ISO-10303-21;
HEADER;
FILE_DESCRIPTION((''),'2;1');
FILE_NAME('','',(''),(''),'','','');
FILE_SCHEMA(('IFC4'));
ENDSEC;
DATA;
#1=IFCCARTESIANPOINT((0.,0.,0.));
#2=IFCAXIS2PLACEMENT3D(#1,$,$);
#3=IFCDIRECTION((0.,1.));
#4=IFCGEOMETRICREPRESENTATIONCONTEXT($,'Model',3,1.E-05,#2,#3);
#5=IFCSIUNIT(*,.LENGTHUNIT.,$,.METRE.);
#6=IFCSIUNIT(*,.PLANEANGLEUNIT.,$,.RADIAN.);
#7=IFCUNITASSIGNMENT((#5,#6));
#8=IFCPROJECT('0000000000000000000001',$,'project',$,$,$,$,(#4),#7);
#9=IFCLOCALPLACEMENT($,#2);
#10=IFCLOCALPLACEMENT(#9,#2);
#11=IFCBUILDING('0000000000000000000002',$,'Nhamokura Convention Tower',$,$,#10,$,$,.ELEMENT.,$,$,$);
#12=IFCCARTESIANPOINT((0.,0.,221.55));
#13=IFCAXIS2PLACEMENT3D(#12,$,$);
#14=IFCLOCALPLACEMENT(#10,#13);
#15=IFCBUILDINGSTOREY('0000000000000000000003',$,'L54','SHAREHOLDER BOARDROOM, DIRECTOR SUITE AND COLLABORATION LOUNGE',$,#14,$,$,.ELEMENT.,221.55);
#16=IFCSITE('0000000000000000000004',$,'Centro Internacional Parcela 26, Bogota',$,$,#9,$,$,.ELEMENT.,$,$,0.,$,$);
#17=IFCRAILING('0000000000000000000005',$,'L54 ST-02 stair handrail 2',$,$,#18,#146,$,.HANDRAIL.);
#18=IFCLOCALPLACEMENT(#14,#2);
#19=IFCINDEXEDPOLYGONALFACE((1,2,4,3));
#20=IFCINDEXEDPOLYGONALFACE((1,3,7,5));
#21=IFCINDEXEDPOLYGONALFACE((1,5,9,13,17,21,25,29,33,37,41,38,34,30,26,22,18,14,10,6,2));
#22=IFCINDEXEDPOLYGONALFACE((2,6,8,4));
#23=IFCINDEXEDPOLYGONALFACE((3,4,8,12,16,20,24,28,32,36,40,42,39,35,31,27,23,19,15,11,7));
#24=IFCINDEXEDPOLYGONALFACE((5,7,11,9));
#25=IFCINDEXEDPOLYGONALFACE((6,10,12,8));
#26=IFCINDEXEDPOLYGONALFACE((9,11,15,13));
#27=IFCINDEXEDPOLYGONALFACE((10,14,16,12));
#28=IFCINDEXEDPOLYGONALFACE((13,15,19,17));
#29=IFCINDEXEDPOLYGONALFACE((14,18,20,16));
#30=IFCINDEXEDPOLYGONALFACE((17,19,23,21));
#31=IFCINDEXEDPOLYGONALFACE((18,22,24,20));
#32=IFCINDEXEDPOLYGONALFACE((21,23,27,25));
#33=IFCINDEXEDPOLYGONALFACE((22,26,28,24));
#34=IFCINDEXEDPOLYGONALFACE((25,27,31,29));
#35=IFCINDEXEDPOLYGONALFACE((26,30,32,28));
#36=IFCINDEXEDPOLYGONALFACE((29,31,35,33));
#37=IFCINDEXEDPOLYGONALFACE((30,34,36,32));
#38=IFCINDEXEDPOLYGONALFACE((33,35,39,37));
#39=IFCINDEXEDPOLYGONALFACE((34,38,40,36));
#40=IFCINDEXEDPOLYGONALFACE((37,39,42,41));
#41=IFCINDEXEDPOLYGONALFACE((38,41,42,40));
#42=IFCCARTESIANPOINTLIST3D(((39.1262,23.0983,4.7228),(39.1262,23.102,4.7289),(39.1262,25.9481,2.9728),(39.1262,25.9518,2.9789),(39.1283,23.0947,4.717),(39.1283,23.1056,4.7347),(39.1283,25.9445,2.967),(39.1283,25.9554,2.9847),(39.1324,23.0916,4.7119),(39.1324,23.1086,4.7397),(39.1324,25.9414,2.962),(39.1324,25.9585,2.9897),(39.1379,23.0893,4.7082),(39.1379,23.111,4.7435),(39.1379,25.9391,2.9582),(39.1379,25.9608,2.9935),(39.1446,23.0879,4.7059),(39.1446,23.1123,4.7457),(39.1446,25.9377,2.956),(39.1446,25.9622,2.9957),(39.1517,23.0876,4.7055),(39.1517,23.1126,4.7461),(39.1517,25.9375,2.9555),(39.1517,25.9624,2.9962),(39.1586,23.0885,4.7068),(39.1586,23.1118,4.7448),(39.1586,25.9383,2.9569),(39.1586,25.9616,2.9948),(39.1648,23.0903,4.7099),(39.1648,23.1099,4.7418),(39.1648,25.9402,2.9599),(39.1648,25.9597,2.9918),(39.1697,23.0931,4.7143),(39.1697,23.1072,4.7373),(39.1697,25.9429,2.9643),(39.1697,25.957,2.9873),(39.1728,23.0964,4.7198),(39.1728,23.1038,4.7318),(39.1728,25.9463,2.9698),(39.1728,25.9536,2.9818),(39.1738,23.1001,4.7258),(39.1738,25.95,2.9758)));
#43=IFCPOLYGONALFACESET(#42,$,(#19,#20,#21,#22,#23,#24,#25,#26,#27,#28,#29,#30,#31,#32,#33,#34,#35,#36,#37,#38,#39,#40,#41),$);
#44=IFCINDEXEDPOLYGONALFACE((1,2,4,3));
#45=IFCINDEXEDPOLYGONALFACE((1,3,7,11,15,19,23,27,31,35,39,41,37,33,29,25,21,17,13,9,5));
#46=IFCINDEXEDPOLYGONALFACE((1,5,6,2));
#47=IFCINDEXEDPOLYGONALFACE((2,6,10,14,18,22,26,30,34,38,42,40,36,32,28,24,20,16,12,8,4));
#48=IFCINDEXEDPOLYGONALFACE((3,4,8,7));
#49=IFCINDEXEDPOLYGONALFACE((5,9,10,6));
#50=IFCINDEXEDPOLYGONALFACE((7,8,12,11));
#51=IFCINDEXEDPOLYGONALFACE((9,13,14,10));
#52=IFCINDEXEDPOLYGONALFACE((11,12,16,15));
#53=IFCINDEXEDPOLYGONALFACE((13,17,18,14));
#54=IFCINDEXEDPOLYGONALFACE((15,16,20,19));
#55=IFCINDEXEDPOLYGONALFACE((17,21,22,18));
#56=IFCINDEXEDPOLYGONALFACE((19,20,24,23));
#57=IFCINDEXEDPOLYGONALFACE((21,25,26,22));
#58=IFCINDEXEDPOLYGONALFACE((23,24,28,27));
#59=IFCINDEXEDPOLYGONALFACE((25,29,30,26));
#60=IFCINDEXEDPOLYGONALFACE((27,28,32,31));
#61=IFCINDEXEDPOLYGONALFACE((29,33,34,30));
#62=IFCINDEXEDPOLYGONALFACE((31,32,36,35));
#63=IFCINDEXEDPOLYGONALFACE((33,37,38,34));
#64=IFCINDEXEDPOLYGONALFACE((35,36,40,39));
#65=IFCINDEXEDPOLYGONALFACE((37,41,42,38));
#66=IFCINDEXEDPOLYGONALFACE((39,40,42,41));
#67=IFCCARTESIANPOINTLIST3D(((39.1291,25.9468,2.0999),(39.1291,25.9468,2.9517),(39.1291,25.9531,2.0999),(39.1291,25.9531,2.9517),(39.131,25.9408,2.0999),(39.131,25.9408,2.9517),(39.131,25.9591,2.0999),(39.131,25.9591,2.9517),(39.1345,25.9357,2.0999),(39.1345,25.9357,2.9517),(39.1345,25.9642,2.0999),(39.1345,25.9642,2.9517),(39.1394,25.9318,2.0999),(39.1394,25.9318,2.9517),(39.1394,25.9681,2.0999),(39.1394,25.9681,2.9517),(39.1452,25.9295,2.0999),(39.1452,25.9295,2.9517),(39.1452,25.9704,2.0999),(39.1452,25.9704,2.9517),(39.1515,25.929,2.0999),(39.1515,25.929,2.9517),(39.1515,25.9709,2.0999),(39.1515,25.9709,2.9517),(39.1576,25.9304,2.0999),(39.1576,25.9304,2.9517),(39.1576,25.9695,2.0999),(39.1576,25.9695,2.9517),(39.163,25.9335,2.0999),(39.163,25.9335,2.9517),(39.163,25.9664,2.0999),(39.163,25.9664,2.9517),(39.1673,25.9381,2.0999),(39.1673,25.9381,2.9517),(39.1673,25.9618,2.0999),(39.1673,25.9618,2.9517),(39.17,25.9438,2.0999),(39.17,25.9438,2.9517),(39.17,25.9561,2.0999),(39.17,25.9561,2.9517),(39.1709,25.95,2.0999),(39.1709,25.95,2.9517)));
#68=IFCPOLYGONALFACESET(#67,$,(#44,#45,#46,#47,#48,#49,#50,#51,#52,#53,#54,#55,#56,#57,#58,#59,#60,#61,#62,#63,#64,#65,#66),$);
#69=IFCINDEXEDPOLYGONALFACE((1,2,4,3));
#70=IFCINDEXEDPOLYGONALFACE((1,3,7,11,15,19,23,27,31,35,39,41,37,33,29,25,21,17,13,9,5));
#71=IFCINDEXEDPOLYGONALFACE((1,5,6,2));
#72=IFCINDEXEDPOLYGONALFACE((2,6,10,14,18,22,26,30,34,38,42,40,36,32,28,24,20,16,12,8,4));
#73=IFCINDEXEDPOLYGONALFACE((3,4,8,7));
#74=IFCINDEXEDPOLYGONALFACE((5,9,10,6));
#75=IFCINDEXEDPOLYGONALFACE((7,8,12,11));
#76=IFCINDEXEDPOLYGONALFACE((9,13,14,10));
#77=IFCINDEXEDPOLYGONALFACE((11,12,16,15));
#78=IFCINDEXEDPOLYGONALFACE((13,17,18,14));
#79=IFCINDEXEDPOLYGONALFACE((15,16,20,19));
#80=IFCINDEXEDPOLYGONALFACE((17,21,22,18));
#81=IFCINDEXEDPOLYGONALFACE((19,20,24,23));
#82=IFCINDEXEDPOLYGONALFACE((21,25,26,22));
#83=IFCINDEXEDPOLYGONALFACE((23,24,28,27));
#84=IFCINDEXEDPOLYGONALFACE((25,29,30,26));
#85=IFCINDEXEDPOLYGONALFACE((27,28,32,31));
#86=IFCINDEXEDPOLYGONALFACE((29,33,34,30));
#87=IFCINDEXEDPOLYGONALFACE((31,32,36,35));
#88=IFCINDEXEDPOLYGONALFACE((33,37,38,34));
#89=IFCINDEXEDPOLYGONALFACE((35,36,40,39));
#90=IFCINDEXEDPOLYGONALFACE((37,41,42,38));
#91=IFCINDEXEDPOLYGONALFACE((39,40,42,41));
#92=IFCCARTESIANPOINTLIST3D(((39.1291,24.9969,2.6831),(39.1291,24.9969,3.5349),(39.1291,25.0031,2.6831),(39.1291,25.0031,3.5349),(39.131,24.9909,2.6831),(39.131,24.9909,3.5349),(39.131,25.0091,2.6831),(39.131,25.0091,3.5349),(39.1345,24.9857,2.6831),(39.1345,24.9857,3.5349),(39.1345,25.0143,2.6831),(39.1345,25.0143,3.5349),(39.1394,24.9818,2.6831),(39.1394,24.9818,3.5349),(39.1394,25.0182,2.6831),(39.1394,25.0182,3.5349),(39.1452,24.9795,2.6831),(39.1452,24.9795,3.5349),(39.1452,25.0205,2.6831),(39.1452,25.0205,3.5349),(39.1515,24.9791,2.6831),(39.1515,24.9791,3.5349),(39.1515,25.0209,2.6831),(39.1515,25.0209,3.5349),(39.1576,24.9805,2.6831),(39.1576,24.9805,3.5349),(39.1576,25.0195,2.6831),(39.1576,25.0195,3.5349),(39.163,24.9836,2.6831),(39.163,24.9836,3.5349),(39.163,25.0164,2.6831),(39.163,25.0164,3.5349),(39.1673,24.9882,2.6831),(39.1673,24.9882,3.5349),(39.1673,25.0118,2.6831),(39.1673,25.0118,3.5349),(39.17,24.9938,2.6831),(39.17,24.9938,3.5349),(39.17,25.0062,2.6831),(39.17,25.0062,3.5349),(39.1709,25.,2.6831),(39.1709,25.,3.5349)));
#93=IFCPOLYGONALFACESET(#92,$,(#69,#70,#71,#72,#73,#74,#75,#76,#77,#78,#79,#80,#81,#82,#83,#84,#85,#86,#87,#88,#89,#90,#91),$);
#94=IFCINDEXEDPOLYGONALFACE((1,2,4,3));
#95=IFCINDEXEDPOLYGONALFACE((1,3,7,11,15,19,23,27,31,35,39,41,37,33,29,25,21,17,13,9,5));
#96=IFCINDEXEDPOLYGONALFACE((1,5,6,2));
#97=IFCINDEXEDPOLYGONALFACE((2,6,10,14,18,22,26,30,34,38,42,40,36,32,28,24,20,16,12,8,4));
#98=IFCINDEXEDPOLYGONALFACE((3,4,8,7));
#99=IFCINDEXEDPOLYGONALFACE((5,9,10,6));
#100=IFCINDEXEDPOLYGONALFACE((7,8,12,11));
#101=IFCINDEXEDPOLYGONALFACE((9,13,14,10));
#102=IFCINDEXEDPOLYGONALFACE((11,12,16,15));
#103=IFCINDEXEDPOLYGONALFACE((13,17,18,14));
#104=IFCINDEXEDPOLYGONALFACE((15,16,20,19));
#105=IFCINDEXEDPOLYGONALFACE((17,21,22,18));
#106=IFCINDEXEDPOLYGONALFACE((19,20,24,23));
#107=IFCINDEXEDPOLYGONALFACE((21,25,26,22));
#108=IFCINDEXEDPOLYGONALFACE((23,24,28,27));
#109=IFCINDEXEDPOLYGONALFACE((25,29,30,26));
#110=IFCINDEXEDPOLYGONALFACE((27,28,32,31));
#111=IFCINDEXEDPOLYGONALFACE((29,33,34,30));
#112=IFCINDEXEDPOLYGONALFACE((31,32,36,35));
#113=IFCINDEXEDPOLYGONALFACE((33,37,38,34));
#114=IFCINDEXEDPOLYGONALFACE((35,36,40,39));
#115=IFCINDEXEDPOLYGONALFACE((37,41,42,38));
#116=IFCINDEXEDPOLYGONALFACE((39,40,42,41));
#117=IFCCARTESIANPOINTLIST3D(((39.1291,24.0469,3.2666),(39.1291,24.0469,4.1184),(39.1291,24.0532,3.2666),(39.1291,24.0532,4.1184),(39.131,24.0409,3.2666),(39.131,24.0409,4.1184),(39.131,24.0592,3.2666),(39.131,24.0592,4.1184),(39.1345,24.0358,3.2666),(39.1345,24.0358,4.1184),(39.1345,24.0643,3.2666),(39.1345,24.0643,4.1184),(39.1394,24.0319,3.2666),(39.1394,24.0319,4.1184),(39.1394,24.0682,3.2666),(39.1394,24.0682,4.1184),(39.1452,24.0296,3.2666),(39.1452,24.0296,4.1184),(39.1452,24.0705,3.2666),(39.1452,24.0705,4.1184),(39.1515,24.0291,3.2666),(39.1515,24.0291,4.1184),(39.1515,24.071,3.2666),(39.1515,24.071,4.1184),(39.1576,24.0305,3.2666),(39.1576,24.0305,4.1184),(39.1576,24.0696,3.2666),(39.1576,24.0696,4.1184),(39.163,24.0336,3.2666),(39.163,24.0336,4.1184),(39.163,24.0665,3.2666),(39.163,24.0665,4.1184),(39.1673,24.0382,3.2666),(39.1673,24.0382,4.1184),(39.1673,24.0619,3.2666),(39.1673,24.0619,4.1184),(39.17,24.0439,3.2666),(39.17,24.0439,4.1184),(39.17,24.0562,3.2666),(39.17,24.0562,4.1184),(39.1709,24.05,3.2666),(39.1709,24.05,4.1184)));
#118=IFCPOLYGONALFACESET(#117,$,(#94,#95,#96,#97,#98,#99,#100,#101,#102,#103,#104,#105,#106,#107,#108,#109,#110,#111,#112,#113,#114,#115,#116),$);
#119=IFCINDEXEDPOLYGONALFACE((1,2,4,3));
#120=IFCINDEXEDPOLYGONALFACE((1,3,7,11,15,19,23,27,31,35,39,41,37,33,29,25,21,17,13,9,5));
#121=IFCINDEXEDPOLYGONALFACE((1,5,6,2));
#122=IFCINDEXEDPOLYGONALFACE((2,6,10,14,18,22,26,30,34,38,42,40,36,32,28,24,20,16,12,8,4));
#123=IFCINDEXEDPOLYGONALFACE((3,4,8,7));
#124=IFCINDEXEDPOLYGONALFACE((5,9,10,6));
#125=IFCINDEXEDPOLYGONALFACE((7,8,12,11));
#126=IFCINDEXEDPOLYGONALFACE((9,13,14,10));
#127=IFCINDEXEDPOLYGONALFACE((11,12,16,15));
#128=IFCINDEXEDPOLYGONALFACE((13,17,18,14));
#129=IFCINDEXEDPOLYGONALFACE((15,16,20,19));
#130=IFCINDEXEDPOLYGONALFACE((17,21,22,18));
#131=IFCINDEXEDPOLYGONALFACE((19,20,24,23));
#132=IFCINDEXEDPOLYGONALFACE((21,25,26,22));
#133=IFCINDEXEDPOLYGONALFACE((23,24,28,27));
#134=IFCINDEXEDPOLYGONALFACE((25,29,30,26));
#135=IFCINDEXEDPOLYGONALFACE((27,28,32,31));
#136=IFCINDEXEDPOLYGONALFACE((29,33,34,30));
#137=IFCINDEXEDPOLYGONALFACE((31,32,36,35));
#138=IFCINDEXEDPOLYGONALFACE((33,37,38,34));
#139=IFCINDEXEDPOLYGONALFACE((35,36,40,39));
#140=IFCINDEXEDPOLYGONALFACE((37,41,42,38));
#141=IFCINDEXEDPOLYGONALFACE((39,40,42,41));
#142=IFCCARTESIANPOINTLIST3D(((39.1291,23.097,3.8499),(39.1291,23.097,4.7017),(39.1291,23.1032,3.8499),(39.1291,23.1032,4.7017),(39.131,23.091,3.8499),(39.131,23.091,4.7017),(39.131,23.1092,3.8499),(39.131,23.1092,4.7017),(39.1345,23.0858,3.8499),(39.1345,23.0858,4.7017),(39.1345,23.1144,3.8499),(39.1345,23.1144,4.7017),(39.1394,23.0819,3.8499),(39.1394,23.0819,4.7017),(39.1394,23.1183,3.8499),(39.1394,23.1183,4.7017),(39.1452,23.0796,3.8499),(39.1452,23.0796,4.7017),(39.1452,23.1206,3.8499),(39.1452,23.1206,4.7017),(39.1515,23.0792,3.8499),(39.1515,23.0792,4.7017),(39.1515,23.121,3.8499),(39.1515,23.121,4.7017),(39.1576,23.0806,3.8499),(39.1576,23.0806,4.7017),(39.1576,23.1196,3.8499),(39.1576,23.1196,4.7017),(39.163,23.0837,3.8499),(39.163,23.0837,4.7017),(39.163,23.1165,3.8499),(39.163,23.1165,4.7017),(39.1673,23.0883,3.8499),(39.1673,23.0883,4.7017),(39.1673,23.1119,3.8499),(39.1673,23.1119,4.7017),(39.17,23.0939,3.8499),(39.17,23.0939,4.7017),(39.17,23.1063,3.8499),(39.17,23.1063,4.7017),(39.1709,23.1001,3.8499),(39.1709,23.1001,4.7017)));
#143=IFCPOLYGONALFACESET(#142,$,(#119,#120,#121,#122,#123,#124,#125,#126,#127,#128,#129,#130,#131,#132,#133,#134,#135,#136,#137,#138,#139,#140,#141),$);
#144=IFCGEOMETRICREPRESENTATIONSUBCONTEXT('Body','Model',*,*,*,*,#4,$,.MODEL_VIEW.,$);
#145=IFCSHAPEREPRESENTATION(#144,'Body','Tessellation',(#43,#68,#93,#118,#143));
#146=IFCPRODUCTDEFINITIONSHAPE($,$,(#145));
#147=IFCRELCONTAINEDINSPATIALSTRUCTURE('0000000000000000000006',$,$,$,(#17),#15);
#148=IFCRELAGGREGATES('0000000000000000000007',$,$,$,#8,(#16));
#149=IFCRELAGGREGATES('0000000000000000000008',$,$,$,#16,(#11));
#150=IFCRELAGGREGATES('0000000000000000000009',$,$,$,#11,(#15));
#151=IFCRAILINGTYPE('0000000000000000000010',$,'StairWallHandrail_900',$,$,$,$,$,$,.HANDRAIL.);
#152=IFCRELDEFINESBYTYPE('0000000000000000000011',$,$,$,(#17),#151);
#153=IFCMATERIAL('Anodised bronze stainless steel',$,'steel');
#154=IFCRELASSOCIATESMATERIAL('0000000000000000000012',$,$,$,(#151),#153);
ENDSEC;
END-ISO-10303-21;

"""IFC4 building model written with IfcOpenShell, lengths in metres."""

from ifc_helpers import new_model, si_unit, direction, frame, origin, origin_2d, place, context, subcontext, project, spatial, circle, extrude, material, type_object, element, save


model = new_model("IFC4")

# Units and contexts
model_context = context("Model", 3, precision=1e-05, world=origin(), true_north=direction((0.0, 1.0)))
body_context = subcontext(model_context, "Body", "Model", "MODEL_VIEW")
ifc_project = project(units=[si_unit("LENGTHUNIT", "METRE"), si_unit("PLANEANGLEUNIT", "RADIAN")], contexts=[model_context])

# Site, building, storey
site_placement = place(None, origin())
site = spatial("IfcSite", under=ifc_project, at=site_placement, Name="Centro Internacional Parcela 26, Bogota", CompositionType="ELEMENT", RefElevation=0.0)
building_placement = place(site_placement, origin())
building = spatial("IfcBuilding", under=site, at=building_placement, Name="Nhamokura Convention Tower", CompositionType="ELEMENT")
storey_placement = place(building_placement, frame((0.0, 0.0, 221.55)))
storey = spatial("IfcBuildingStorey", under=building, at=storey_placement, Name="L54", Description="SHAREHOLDER BOARDROOM, DIRECTOR SUITE AND COLLABORATION LOUNGE", CompositionType="ELEMENT", Elevation=221.55)

# Railing
ifc_material_1 = material(Name="Anodised bronze stainless steel", Category="steel")
railing_type_1 = type_object("IfcRailingType", Name="StairWallHandrail_900", PredefinedType="HANDRAIL", material=ifc_material_1)
railing_1_placement = place(storey_placement, frame((39.1499, 25.95, 2.0999)))
element("IfcRailing", 1, at=railing_1_placement, inside=storey, type_object=railing_type_1, Name="L54 ST-02 stair handrail 2", PredefinedType="HANDRAIL", context=body_context, shape_type="SweptSolid", body=[
    extrude(circle(Radius=0.0239, at=origin_2d()), frame((0.0, 0.0, 0.876), z_axis=(0.0, -0.852159, 0.523283), x_axis=(1.0, 0.0, 0.0)), (0.0, 0.0, 1.0), 3.3442),
    extrude(circle(Radius=0.021, at=origin_2d()), origin(), (0.0, 0.0, 1.0), 0.8518),
    extrude(circle(Radius=0.021, at=origin_2d()), frame((0.0, -0.95, 0.5833)), (0.0, 0.0, 1.0), 0.8518),
    extrude(circle(Radius=0.021, at=origin_2d()), frame((0.0, -1.8999, 1.1667)), (0.0, 0.0, 1.0), 0.8518),
    extrude(circle(Radius=0.021, at=origin_2d()), frame((0.0, -2.8499, 1.75)), (0.0, 0.0, 1.0), 0.8518),
])

save(model, "model.ifc")
